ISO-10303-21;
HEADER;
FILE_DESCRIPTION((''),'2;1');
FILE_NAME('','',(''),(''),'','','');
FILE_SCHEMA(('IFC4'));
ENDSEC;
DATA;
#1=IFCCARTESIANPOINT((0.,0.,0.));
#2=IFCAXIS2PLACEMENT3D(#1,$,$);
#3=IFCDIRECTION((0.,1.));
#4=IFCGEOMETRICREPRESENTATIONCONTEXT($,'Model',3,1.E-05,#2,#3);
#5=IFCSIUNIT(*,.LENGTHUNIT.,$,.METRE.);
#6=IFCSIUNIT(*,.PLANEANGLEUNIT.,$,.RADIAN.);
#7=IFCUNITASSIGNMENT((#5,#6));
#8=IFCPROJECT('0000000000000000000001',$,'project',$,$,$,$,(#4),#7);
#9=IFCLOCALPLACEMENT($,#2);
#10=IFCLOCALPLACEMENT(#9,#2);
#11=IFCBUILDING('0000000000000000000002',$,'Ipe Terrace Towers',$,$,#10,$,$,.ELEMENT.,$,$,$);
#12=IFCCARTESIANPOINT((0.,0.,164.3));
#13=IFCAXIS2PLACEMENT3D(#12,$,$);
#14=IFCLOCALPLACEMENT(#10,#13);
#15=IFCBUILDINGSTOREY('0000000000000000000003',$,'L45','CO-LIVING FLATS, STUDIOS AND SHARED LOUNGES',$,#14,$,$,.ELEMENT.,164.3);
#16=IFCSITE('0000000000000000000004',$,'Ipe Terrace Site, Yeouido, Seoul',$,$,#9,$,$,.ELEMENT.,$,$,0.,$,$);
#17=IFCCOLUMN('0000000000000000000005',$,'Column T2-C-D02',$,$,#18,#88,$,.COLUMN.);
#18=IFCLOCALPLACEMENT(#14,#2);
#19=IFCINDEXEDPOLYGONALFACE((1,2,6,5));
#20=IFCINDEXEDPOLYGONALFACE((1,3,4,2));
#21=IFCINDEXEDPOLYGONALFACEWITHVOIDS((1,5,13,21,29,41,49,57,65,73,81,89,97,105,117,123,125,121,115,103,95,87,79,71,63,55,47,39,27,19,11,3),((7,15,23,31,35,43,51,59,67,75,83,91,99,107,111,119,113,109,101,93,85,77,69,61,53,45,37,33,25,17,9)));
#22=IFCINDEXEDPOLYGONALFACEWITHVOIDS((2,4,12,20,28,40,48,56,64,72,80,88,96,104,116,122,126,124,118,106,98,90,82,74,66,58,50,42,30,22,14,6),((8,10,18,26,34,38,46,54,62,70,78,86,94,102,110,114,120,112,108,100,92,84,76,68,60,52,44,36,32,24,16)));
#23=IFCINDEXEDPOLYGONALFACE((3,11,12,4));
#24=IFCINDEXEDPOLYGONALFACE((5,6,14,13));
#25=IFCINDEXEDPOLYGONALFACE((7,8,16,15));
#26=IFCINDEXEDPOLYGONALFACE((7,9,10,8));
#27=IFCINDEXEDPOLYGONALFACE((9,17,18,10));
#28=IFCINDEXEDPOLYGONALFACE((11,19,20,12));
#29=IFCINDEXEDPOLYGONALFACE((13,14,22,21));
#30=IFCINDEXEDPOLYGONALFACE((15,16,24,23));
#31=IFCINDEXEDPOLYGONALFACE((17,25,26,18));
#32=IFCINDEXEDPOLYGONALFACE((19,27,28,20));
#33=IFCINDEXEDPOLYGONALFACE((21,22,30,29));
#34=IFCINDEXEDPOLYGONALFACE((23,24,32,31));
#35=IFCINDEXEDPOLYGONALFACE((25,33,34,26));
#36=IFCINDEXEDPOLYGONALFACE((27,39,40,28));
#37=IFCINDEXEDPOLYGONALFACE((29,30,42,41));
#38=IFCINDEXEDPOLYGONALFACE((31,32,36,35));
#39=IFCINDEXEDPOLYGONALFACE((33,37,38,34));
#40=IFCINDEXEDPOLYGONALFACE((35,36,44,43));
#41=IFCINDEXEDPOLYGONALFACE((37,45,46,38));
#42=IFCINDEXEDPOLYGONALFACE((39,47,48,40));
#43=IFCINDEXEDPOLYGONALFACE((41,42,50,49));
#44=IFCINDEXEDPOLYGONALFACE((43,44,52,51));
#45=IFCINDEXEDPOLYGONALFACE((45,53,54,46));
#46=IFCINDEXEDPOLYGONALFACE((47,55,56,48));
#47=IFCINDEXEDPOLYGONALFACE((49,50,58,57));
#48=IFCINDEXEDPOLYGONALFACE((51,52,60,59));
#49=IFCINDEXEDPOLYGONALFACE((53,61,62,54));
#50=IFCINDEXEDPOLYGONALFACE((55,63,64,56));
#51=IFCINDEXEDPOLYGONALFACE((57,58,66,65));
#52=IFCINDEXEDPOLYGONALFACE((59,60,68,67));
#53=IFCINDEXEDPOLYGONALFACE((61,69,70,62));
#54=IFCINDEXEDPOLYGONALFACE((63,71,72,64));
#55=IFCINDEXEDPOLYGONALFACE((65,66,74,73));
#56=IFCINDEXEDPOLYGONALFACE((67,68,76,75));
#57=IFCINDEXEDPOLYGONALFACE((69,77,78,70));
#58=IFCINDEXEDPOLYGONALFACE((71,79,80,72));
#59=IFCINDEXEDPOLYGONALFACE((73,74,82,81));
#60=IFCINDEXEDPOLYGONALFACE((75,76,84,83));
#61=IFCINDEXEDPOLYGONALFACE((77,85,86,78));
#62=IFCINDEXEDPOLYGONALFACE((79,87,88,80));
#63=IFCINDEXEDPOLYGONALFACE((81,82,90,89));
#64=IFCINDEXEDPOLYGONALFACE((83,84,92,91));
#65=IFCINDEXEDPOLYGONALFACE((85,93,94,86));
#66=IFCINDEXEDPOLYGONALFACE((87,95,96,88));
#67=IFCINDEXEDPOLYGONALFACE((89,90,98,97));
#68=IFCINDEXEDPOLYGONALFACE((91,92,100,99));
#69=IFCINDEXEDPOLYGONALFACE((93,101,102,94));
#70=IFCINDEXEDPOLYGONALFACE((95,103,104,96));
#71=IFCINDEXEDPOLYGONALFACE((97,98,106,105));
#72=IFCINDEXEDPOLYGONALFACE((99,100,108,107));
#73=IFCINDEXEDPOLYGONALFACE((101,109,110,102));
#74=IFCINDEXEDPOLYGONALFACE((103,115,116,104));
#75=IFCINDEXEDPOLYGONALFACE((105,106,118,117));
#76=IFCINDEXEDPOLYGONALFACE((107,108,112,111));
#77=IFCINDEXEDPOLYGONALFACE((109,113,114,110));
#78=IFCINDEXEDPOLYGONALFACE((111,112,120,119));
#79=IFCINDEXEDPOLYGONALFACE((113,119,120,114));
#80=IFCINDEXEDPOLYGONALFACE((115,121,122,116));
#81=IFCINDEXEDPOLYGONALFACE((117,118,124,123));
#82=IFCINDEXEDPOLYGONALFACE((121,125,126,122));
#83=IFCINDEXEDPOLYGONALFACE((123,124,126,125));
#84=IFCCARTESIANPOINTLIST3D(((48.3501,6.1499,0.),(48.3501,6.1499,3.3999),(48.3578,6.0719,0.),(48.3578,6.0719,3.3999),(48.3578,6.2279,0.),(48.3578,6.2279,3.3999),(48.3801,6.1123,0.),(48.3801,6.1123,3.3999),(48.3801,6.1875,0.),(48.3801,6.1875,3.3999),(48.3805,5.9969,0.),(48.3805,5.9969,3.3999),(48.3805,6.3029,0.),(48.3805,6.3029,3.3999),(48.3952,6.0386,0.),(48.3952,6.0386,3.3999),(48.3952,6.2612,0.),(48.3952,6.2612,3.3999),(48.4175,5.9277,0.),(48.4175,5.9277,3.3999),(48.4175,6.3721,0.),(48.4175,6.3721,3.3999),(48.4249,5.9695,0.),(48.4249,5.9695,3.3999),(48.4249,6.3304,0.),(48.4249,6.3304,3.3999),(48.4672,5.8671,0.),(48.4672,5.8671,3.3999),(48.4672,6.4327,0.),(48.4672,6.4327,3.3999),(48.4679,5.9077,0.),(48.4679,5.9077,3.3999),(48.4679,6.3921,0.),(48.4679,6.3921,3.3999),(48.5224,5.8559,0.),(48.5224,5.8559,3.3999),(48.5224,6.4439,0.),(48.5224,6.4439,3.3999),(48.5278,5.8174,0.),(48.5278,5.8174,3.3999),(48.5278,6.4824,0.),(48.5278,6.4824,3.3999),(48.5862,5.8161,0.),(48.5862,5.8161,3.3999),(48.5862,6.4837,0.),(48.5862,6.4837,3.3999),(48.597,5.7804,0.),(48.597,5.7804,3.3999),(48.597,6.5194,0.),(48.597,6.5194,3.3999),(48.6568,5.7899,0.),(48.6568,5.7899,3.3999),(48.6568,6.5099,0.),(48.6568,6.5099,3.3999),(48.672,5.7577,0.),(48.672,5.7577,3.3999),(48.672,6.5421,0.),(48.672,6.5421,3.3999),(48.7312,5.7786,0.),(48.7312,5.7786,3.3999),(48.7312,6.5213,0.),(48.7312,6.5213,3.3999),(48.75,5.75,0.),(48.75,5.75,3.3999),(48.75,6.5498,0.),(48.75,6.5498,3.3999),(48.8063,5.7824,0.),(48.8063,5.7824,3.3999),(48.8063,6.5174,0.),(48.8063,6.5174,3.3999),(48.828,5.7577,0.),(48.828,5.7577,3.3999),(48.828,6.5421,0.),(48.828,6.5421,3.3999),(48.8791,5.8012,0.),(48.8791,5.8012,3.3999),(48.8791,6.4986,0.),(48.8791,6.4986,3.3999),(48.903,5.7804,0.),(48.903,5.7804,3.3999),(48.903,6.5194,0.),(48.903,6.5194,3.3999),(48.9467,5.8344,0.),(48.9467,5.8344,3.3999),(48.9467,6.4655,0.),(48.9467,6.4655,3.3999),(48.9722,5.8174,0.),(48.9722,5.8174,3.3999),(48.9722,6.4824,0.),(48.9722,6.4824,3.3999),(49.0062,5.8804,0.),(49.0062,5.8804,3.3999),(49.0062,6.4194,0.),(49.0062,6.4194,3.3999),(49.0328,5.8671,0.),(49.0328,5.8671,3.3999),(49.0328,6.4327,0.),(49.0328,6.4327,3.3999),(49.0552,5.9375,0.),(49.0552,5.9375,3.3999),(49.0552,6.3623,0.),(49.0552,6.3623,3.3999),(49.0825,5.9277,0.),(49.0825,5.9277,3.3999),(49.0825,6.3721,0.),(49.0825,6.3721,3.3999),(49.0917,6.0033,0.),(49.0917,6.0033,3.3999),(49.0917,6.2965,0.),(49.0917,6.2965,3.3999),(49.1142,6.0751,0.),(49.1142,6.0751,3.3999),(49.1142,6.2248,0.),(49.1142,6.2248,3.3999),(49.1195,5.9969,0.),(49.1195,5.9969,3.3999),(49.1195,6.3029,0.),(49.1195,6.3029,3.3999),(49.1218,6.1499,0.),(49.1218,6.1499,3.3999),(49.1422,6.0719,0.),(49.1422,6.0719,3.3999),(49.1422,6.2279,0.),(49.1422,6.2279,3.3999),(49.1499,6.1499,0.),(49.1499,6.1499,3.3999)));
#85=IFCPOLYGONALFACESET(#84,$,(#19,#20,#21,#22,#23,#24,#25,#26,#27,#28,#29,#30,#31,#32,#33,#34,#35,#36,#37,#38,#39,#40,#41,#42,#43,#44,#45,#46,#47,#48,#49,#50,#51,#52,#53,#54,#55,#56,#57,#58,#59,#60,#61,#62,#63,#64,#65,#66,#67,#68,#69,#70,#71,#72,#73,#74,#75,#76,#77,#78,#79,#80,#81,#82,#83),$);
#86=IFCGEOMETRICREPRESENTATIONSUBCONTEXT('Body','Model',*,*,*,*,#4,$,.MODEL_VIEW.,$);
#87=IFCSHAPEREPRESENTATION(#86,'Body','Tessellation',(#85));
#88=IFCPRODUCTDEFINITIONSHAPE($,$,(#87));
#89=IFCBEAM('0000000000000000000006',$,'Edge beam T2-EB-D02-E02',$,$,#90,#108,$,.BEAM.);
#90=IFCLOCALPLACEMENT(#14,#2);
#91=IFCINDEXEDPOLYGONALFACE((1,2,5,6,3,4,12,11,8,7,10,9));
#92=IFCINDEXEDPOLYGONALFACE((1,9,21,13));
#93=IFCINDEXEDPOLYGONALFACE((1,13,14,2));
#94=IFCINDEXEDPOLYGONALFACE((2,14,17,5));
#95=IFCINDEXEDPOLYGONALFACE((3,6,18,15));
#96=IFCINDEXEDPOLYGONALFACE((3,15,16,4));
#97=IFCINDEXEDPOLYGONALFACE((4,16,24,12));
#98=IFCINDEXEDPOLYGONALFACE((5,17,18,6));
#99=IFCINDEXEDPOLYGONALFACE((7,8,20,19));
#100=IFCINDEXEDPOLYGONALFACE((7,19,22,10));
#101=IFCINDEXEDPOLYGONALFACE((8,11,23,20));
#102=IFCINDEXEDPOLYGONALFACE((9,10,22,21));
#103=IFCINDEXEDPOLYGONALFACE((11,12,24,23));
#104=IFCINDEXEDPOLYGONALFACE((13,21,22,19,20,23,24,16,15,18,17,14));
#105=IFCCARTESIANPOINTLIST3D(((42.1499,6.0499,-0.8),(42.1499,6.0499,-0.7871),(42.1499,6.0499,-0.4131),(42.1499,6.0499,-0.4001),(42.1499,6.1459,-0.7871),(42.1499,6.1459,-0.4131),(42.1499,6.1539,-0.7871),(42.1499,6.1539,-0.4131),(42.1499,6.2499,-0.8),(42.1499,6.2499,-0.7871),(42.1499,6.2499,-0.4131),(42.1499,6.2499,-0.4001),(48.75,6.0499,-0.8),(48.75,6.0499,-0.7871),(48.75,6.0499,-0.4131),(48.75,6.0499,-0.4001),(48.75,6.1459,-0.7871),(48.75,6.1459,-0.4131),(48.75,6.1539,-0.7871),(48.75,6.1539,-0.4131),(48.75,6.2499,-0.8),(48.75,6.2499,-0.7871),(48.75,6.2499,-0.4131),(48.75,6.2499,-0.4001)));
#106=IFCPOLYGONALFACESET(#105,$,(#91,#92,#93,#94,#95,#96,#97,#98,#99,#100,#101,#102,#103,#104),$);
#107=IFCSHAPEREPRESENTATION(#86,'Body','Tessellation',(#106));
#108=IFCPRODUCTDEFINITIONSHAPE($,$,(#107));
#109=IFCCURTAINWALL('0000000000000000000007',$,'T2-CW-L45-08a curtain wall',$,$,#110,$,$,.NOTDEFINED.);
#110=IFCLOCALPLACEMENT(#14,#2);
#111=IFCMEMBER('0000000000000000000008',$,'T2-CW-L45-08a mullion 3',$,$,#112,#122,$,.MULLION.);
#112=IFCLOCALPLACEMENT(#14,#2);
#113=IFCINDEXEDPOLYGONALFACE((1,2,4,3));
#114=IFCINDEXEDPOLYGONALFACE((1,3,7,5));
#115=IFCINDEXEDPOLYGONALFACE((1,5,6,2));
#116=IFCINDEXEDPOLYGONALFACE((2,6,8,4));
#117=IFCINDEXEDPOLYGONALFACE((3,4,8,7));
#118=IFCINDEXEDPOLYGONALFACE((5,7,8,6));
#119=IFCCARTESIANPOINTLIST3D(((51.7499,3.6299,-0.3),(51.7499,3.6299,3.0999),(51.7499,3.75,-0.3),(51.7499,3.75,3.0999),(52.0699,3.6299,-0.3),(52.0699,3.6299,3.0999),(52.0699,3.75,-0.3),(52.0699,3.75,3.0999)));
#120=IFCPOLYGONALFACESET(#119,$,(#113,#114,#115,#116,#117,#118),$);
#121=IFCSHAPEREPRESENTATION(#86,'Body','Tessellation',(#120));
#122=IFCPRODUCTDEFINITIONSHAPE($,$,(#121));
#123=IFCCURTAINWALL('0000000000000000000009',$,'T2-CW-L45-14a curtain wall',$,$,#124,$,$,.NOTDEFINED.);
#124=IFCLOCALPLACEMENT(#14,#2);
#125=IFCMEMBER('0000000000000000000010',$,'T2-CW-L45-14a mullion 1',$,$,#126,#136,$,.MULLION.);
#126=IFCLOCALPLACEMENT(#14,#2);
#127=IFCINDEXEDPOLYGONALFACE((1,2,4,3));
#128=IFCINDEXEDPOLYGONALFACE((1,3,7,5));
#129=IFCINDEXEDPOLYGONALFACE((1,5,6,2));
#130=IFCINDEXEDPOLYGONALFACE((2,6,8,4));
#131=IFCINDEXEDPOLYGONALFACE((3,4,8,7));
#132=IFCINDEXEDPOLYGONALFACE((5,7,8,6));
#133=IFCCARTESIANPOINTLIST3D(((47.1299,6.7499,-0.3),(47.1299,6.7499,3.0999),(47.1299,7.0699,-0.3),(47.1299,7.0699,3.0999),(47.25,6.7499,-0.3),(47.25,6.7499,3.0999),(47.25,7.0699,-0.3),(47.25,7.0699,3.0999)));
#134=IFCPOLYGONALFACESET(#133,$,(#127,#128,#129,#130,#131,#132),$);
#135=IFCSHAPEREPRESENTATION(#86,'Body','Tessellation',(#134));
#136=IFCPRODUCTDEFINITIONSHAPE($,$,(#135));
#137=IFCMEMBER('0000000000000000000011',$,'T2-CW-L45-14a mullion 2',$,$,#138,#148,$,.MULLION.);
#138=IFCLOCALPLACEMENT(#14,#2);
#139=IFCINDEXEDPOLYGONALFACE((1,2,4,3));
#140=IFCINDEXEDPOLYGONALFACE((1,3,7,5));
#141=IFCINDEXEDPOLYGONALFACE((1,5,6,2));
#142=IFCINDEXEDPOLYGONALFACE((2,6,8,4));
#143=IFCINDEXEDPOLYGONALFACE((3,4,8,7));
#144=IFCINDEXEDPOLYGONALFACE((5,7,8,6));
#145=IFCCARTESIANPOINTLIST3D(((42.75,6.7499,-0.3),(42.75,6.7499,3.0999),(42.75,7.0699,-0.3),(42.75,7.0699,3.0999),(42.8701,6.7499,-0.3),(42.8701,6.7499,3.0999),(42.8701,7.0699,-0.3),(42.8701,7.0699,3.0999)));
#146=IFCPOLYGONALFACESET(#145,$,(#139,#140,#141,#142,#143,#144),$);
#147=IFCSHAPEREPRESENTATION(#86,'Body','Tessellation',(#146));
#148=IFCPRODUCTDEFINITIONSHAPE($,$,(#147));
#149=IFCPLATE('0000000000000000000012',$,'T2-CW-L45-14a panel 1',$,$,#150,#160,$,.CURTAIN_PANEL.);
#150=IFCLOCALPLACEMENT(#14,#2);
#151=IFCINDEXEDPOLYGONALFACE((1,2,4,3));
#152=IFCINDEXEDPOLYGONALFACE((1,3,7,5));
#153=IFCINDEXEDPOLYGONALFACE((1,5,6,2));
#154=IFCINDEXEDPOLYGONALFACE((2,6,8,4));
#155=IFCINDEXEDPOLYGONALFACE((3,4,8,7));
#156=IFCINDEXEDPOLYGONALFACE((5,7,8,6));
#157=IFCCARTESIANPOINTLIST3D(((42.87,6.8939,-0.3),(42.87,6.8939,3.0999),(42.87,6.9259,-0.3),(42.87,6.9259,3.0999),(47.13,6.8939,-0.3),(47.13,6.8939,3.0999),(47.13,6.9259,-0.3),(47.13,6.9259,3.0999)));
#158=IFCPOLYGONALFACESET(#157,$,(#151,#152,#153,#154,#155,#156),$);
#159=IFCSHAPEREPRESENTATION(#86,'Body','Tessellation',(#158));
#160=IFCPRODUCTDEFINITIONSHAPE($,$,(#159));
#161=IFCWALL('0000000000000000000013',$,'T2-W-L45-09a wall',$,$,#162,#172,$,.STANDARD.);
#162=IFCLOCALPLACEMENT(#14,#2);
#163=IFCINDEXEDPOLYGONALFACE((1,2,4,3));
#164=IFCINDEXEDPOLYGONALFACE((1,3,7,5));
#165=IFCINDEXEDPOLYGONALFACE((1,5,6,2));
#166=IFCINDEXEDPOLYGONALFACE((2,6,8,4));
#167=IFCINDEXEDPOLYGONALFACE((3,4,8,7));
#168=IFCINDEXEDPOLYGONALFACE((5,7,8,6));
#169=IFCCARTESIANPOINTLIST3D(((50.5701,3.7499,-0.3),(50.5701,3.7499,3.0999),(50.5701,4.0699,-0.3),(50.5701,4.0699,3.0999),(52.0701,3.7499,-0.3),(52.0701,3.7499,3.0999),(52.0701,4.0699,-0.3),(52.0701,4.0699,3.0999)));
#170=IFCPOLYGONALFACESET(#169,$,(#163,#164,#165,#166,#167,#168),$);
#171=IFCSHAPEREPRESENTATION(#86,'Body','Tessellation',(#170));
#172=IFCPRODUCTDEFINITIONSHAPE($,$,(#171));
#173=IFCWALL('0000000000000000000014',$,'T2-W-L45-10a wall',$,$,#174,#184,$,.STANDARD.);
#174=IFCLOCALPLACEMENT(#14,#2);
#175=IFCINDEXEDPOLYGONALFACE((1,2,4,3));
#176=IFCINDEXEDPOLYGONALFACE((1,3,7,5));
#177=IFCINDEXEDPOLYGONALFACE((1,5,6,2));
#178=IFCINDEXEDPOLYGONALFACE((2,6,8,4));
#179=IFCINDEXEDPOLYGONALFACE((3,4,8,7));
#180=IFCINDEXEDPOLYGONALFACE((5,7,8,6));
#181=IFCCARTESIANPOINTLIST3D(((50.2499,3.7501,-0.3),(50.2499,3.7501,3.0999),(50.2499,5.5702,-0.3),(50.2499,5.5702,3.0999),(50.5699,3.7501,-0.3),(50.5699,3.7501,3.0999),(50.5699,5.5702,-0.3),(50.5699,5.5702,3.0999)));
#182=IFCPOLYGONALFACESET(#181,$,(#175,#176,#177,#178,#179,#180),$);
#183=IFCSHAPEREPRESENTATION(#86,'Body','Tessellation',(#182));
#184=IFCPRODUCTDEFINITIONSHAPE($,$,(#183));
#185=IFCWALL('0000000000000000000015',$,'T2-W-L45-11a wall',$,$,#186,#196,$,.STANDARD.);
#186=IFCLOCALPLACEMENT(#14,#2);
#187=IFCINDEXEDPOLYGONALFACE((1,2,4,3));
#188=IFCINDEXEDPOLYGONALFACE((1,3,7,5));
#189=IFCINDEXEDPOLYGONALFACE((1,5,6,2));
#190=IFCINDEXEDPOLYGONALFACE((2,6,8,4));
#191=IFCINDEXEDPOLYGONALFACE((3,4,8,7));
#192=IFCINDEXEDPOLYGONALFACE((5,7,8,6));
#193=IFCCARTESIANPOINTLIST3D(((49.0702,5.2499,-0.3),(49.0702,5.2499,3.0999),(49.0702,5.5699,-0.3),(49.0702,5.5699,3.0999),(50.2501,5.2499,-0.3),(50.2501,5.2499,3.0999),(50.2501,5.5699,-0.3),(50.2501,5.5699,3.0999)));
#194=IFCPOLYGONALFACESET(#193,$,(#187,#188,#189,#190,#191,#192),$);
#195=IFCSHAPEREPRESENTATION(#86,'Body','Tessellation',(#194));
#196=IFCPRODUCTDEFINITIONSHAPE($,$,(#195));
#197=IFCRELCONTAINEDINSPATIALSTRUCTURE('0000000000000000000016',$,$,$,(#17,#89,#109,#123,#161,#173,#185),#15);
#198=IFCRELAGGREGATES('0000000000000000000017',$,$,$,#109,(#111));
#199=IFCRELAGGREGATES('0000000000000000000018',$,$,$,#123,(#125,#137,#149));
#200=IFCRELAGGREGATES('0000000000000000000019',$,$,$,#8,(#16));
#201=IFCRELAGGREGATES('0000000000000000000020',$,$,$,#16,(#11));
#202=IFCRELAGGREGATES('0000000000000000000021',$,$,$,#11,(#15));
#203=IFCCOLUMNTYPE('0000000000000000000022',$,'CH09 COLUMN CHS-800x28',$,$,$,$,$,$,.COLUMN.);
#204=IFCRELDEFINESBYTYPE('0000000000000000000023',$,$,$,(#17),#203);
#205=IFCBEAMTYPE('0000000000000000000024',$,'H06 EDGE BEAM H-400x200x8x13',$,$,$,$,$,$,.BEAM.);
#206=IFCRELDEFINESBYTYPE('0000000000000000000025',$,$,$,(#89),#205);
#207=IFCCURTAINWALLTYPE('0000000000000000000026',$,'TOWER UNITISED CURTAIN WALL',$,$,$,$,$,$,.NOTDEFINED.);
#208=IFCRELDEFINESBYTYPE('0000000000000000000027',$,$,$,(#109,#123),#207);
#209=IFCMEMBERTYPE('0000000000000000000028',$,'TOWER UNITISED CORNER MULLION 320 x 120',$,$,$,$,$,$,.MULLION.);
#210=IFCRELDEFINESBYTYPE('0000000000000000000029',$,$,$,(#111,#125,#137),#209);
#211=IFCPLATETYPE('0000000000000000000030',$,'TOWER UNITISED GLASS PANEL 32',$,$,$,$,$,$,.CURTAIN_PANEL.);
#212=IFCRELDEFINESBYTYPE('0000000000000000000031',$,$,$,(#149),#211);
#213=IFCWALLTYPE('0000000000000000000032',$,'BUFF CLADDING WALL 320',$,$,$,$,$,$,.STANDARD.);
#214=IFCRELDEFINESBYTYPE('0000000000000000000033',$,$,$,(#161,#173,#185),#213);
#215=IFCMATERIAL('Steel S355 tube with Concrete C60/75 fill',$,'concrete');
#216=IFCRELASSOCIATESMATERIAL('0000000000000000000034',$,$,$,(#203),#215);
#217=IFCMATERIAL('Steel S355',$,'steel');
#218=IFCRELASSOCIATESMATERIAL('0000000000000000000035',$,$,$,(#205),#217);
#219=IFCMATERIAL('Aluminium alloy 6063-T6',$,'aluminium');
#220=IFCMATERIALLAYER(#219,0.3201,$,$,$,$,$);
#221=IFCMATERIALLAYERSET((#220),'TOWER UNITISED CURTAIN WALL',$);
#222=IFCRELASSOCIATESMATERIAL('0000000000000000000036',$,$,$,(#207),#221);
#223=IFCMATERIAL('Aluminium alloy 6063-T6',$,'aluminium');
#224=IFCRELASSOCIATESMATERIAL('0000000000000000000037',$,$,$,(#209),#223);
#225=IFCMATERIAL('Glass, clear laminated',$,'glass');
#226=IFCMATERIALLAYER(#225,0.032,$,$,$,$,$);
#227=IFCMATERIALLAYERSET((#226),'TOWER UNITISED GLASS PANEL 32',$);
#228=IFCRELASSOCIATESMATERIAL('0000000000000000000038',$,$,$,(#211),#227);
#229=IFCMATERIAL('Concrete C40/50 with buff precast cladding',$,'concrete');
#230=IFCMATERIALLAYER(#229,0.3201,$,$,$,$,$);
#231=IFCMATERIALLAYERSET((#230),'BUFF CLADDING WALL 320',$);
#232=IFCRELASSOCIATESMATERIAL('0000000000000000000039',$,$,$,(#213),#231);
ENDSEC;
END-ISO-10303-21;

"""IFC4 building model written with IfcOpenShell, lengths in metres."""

from ifc_helpers import new_model, si_unit, direction, frame, frame_2d, origin, origin_2d, place, context, subcontext, project, spatial, rectangle, hollow_circle, i_section, extrude, material, layer, layer_set, material_profile, profile_set, type_object, element, aggregate, save


model = new_model("IFC4")

# Units and contexts
model_context = context("Model", 3, precision=1e-05, world=origin(), true_north=direction((0.0, 1.0)))
body_context = subcontext(model_context, "Body", "Model", "MODEL_VIEW")
ifc_project = project(units=[si_unit("LENGTHUNIT", "METRE"), si_unit("PLANEANGLEUNIT", "RADIAN")], contexts=[model_context])

# Site, building, storey
site_placement = place(None, origin())
site = spatial("IfcSite", under=ifc_project, at=site_placement, Name="Ipe Terrace Site, Yeouido, Seoul", CompositionType="ELEMENT", RefElevation=0.0)
building_placement = place(site_placement, origin())
building = spatial("IfcBuilding", under=site, at=building_placement, Name="Ipe Terrace Towers", CompositionType="ELEMENT")
storey_placement = place(building_placement, frame((0.0, 0.0, 164.3)))
storey = spatial("IfcBuildingStorey", under=building, at=storey_placement, Name="L45", Description="CO-LIVING FLATS, STUDIOS AND SHARED LOUNGES", CompositionType="ELEMENT", Elevation=164.3)

# Column
ifc_material_1 = material(Name="Steel S355 tube with Concrete C60/75 fill", Category="concrete")
ifc_material_profile_1 = material_profile(ifc_material_1, hollow_circle(Radius=0.3999, WallThickness=0.0281, at=origin_2d()), Name="CHS-800x28")
ifc_profile_set_1 = profile_set([ifc_material_profile_1], Name="Steel S355 tube with Concrete C60/75 fill")
column_type = type_object("IfcColumnType", Name="CH09 COLUMN CHS-800x28", PredefinedType="COLUMN", material=ifc_profile_set_1)
column_placement = place(storey_placement, frame((48.75, 6.1499, 0.0), z_axis=(0.0, 0.0, 1.0), x_axis=(1.0, 0.0, 0.0)))
element("IfcColumn", 1, at=column_placement, inside=storey, type_object=column_type, Name="Column T2-C-D02", PredefinedType="COLUMN", context=body_context, shape_type="SweptSolid", body=[
    extrude(hollow_circle(Radius=0.3999, WallThickness=0.0281, at=origin_2d()), origin(), (0.0, 0.0, 1.0), 3.3999),
])

# Beam
ifc_material_2 = material(Name="Steel S355", Category="steel")
ifc_material_profile_2 = material_profile(ifc_material_2, i_section(OverallWidth=0.2, OverallDepth=0.3999, WebThickness=0.0081, FlangeThickness=0.0129, at=origin_2d()), Name="H-400x200x8x13")
ifc_profile_set_2 = profile_set([ifc_material_profile_2], Name="Steel S355")
beam_type = type_object("IfcBeamType", Name="H06 EDGE BEAM H-400x200x8x13", PredefinedType="BEAM", material=ifc_profile_set_2)
beam_placement = place(storey_placement, frame((48.75, 6.1499, -0.6001), z_axis=(-1.0, 0.0, 0.0), x_axis=(0.0, -1.0, 0.0)))
element("IfcBeam", 2, at=beam_placement, inside=storey, type_object=beam_type, Name="Edge beam T2-EB-D02-E02", PredefinedType="BEAM", context=body_context, shape_type="SweptSolid", body=[
    extrude(i_section(OverallWidth=0.2, OverallDepth=0.3999, WebThickness=0.0081, FlangeThickness=0.0129, at=origin_2d()), origin(), (0.0, 0.0, 1.0), 6.6001),
])

# Curtain wall, member
ifc_material_3 = material(Name="Aluminium alloy 6063-T6", Category="aluminium")
ifc_layer_1 = layer(ifc_material_3, 0.3201)
ifc_layer_set_1 = layer_set([ifc_layer_1], Name="TOWER UNITISED CURTAIN WALL")
curtain_wall_type = type_object("IfcCurtainWallType", Name="TOWER UNITISED CURTAIN WALL", PredefinedType="NOTDEFINED", material=ifc_layer_set_1)
curtain_wall_1_placement = place(storey_placement, origin())
curtain_wall_1 = element("IfcCurtainWall", 3, at=curtain_wall_1_placement, inside=storey, type_object=curtain_wall_type, Name="T2-CW-L45-08a curtain wall", PredefinedType="NOTDEFINED")
ifc_material_4 = material(Name="Aluminium alloy 6063-T6", Category="aluminium")
ifc_material_profile_3 = material_profile(ifc_material_4, rectangle(XDim=0.3201, YDim=0.1201, at=origin_2d()), Name="TOWER UNITISED CORNER MULLION 320 x 120")
ifc_profile_set_3 = profile_set([ifc_material_profile_3], Name="Aluminium alloy 6063-T6")
member_type = type_object("IfcMemberType", Name="TOWER UNITISED CORNER MULLION 320 x 120", PredefinedType="MULLION", material=ifc_profile_set_3)
member_1_placement = place(storey_placement, frame((51.9099, 3.6899, -0.3), z_axis=(0.0, 0.0, 1.0), x_axis=(1.0, 0.0, 0.0)))
member_1 = element("IfcMember", 4, at=member_1_placement, type_object=member_type, Name="T2-CW-L45-08a mullion 3", PredefinedType="MULLION", context=body_context, shape_type="SweptSolid", body=[
    extrude(rectangle(XDim=0.3201, YDim=0.1201, at=origin_2d()), origin(), (0.0, 0.0, 1.0), 3.3999),
])
aggregate(curtain_wall_1, [member_1])

# Curtain wall, members, plate
curtain_wall_2_placement = place(storey_placement, origin())
curtain_wall_2 = element("IfcCurtainWall", 5, at=curtain_wall_2_placement, inside=storey, type_object=curtain_wall_type, Name="T2-CW-L45-14a curtain wall", PredefinedType="NOTDEFINED")
member_2_placement = place(storey_placement, frame((47.1899, 6.9099, -0.3), z_axis=(0.0, 0.0, 1.0), x_axis=(0.0, 1.0, 0.0)))
member_2 = element("IfcMember", 6, at=member_2_placement, type_object=member_type, Name="T2-CW-L45-14a mullion 1", PredefinedType="MULLION", context=body_context, shape_type="SweptSolid", body=[
    extrude(rectangle(XDim=0.3201, YDim=0.1201, at=origin_2d()), origin(), (0.0, 0.0, 1.0), 3.3999),
])
member_3_placement = place(storey_placement, frame((42.8101, 6.9099, -0.3), z_axis=(0.0, 0.0, 1.0), x_axis=(0.0, 1.0, 0.0)))
member_3 = element("IfcMember", 7, at=member_3_placement, type_object=member_type, Name="T2-CW-L45-14a mullion 2", PredefinedType="MULLION", context=body_context, shape_type="SweptSolid", body=[
    extrude(rectangle(XDim=0.3201, YDim=0.1201, at=origin_2d()), origin(), (0.0, 0.0, 1.0), 3.3999),
])
ifc_material_5 = material(Name="Glass, clear laminated", Category="glass")
ifc_layer_2 = layer(ifc_material_5, 0.032)
ifc_layer_set_2 = layer_set([ifc_layer_2], Name="TOWER UNITISED GLASS PANEL 32")
plate_type = type_object("IfcPlateType", Name="TOWER UNITISED GLASS PANEL 32", PredefinedType="CURTAIN_PANEL", material=ifc_layer_set_2)
plate_placement = place(storey_placement, frame((45.0, 6.9099, -0.3), z_axis=(0.0, 0.0, 1.0), x_axis=(-1.0, 0.0, 0.0)))
plate = element("IfcPlate", 8, at=plate_placement, type_object=plate_type, Name="T2-CW-L45-14a panel 1", PredefinedType="CURTAIN_PANEL", context=body_context, shape_type="SweptSolid", body=[
    extrude(rectangle(XDim=4.26, YDim=0.032, at=origin_2d()), origin(), (0.0, 0.0, 1.0), 3.3999),
])
aggregate(curtain_wall_2, [member_2, member_3, plate])

# Walls
ifc_material_6 = material(Name="Concrete C40/50 with buff precast cladding", Category="concrete")
ifc_layer_3 = layer(ifc_material_6, 0.3201)
ifc_layer_set_3 = layer_set([ifc_layer_3], Name="BUFF CLADDING WALL 320")
wall_type = type_object("IfcWallType", Name="BUFF CLADDING WALL 320", PredefinedType="STANDARD", material=ifc_layer_set_3)
wall_1_placement = place(storey_placement, frame((52.0701, 3.9099, -0.3), z_axis=(0.0, 0.0, 1.0), x_axis=(-1.0, 0.0, 0.0)))
element("IfcWall", 9, at=wall_1_placement, inside=storey, type_object=wall_type, Name="T2-W-L45-09a wall", PredefinedType="STANDARD", context=body_context, shape_type="SweptSolid", body=[
    extrude(rectangle(XDim=1.5, YDim=0.3201, at=frame_2d((0.75, 0.0))), origin(), (0.0, 0.0, 1.0), 3.3999),
])
wall_2_placement = place(storey_placement, frame((50.4099, 3.75, -0.3), z_axis=(0.0, 0.0, 1.0), x_axis=(0.0, 1.0, 0.0)))
element("IfcWall", 10, at=wall_2_placement, inside=storey, type_object=wall_type, Name="T2-W-L45-10a wall", PredefinedType="STANDARD", context=body_context, shape_type="SweptSolid", body=[
    extrude(rectangle(XDim=1.8201, YDim=0.3201, at=frame_2d((0.9102, 0.0))), origin(), (0.0, 0.0, 1.0), 3.3999),
])
wall_3_placement = place(storey_placement, frame((50.25, 5.4099, -0.3), z_axis=(0.0, 0.0, 1.0), x_axis=(-1.0, 0.0, 0.0)))
element("IfcWall", 11, at=wall_3_placement, inside=storey, type_object=wall_type, Name="T2-W-L45-11a wall", PredefinedType="STANDARD", context=body_context, shape_type="SweptSolid", body=[
    extrude(rectangle(XDim=1.1799, YDim=0.3201, at=frame_2d((0.5898, 0.0))), origin(), (0.0, 0.0, 1.0), 3.3999),
])

save(model, "model.ifc")
